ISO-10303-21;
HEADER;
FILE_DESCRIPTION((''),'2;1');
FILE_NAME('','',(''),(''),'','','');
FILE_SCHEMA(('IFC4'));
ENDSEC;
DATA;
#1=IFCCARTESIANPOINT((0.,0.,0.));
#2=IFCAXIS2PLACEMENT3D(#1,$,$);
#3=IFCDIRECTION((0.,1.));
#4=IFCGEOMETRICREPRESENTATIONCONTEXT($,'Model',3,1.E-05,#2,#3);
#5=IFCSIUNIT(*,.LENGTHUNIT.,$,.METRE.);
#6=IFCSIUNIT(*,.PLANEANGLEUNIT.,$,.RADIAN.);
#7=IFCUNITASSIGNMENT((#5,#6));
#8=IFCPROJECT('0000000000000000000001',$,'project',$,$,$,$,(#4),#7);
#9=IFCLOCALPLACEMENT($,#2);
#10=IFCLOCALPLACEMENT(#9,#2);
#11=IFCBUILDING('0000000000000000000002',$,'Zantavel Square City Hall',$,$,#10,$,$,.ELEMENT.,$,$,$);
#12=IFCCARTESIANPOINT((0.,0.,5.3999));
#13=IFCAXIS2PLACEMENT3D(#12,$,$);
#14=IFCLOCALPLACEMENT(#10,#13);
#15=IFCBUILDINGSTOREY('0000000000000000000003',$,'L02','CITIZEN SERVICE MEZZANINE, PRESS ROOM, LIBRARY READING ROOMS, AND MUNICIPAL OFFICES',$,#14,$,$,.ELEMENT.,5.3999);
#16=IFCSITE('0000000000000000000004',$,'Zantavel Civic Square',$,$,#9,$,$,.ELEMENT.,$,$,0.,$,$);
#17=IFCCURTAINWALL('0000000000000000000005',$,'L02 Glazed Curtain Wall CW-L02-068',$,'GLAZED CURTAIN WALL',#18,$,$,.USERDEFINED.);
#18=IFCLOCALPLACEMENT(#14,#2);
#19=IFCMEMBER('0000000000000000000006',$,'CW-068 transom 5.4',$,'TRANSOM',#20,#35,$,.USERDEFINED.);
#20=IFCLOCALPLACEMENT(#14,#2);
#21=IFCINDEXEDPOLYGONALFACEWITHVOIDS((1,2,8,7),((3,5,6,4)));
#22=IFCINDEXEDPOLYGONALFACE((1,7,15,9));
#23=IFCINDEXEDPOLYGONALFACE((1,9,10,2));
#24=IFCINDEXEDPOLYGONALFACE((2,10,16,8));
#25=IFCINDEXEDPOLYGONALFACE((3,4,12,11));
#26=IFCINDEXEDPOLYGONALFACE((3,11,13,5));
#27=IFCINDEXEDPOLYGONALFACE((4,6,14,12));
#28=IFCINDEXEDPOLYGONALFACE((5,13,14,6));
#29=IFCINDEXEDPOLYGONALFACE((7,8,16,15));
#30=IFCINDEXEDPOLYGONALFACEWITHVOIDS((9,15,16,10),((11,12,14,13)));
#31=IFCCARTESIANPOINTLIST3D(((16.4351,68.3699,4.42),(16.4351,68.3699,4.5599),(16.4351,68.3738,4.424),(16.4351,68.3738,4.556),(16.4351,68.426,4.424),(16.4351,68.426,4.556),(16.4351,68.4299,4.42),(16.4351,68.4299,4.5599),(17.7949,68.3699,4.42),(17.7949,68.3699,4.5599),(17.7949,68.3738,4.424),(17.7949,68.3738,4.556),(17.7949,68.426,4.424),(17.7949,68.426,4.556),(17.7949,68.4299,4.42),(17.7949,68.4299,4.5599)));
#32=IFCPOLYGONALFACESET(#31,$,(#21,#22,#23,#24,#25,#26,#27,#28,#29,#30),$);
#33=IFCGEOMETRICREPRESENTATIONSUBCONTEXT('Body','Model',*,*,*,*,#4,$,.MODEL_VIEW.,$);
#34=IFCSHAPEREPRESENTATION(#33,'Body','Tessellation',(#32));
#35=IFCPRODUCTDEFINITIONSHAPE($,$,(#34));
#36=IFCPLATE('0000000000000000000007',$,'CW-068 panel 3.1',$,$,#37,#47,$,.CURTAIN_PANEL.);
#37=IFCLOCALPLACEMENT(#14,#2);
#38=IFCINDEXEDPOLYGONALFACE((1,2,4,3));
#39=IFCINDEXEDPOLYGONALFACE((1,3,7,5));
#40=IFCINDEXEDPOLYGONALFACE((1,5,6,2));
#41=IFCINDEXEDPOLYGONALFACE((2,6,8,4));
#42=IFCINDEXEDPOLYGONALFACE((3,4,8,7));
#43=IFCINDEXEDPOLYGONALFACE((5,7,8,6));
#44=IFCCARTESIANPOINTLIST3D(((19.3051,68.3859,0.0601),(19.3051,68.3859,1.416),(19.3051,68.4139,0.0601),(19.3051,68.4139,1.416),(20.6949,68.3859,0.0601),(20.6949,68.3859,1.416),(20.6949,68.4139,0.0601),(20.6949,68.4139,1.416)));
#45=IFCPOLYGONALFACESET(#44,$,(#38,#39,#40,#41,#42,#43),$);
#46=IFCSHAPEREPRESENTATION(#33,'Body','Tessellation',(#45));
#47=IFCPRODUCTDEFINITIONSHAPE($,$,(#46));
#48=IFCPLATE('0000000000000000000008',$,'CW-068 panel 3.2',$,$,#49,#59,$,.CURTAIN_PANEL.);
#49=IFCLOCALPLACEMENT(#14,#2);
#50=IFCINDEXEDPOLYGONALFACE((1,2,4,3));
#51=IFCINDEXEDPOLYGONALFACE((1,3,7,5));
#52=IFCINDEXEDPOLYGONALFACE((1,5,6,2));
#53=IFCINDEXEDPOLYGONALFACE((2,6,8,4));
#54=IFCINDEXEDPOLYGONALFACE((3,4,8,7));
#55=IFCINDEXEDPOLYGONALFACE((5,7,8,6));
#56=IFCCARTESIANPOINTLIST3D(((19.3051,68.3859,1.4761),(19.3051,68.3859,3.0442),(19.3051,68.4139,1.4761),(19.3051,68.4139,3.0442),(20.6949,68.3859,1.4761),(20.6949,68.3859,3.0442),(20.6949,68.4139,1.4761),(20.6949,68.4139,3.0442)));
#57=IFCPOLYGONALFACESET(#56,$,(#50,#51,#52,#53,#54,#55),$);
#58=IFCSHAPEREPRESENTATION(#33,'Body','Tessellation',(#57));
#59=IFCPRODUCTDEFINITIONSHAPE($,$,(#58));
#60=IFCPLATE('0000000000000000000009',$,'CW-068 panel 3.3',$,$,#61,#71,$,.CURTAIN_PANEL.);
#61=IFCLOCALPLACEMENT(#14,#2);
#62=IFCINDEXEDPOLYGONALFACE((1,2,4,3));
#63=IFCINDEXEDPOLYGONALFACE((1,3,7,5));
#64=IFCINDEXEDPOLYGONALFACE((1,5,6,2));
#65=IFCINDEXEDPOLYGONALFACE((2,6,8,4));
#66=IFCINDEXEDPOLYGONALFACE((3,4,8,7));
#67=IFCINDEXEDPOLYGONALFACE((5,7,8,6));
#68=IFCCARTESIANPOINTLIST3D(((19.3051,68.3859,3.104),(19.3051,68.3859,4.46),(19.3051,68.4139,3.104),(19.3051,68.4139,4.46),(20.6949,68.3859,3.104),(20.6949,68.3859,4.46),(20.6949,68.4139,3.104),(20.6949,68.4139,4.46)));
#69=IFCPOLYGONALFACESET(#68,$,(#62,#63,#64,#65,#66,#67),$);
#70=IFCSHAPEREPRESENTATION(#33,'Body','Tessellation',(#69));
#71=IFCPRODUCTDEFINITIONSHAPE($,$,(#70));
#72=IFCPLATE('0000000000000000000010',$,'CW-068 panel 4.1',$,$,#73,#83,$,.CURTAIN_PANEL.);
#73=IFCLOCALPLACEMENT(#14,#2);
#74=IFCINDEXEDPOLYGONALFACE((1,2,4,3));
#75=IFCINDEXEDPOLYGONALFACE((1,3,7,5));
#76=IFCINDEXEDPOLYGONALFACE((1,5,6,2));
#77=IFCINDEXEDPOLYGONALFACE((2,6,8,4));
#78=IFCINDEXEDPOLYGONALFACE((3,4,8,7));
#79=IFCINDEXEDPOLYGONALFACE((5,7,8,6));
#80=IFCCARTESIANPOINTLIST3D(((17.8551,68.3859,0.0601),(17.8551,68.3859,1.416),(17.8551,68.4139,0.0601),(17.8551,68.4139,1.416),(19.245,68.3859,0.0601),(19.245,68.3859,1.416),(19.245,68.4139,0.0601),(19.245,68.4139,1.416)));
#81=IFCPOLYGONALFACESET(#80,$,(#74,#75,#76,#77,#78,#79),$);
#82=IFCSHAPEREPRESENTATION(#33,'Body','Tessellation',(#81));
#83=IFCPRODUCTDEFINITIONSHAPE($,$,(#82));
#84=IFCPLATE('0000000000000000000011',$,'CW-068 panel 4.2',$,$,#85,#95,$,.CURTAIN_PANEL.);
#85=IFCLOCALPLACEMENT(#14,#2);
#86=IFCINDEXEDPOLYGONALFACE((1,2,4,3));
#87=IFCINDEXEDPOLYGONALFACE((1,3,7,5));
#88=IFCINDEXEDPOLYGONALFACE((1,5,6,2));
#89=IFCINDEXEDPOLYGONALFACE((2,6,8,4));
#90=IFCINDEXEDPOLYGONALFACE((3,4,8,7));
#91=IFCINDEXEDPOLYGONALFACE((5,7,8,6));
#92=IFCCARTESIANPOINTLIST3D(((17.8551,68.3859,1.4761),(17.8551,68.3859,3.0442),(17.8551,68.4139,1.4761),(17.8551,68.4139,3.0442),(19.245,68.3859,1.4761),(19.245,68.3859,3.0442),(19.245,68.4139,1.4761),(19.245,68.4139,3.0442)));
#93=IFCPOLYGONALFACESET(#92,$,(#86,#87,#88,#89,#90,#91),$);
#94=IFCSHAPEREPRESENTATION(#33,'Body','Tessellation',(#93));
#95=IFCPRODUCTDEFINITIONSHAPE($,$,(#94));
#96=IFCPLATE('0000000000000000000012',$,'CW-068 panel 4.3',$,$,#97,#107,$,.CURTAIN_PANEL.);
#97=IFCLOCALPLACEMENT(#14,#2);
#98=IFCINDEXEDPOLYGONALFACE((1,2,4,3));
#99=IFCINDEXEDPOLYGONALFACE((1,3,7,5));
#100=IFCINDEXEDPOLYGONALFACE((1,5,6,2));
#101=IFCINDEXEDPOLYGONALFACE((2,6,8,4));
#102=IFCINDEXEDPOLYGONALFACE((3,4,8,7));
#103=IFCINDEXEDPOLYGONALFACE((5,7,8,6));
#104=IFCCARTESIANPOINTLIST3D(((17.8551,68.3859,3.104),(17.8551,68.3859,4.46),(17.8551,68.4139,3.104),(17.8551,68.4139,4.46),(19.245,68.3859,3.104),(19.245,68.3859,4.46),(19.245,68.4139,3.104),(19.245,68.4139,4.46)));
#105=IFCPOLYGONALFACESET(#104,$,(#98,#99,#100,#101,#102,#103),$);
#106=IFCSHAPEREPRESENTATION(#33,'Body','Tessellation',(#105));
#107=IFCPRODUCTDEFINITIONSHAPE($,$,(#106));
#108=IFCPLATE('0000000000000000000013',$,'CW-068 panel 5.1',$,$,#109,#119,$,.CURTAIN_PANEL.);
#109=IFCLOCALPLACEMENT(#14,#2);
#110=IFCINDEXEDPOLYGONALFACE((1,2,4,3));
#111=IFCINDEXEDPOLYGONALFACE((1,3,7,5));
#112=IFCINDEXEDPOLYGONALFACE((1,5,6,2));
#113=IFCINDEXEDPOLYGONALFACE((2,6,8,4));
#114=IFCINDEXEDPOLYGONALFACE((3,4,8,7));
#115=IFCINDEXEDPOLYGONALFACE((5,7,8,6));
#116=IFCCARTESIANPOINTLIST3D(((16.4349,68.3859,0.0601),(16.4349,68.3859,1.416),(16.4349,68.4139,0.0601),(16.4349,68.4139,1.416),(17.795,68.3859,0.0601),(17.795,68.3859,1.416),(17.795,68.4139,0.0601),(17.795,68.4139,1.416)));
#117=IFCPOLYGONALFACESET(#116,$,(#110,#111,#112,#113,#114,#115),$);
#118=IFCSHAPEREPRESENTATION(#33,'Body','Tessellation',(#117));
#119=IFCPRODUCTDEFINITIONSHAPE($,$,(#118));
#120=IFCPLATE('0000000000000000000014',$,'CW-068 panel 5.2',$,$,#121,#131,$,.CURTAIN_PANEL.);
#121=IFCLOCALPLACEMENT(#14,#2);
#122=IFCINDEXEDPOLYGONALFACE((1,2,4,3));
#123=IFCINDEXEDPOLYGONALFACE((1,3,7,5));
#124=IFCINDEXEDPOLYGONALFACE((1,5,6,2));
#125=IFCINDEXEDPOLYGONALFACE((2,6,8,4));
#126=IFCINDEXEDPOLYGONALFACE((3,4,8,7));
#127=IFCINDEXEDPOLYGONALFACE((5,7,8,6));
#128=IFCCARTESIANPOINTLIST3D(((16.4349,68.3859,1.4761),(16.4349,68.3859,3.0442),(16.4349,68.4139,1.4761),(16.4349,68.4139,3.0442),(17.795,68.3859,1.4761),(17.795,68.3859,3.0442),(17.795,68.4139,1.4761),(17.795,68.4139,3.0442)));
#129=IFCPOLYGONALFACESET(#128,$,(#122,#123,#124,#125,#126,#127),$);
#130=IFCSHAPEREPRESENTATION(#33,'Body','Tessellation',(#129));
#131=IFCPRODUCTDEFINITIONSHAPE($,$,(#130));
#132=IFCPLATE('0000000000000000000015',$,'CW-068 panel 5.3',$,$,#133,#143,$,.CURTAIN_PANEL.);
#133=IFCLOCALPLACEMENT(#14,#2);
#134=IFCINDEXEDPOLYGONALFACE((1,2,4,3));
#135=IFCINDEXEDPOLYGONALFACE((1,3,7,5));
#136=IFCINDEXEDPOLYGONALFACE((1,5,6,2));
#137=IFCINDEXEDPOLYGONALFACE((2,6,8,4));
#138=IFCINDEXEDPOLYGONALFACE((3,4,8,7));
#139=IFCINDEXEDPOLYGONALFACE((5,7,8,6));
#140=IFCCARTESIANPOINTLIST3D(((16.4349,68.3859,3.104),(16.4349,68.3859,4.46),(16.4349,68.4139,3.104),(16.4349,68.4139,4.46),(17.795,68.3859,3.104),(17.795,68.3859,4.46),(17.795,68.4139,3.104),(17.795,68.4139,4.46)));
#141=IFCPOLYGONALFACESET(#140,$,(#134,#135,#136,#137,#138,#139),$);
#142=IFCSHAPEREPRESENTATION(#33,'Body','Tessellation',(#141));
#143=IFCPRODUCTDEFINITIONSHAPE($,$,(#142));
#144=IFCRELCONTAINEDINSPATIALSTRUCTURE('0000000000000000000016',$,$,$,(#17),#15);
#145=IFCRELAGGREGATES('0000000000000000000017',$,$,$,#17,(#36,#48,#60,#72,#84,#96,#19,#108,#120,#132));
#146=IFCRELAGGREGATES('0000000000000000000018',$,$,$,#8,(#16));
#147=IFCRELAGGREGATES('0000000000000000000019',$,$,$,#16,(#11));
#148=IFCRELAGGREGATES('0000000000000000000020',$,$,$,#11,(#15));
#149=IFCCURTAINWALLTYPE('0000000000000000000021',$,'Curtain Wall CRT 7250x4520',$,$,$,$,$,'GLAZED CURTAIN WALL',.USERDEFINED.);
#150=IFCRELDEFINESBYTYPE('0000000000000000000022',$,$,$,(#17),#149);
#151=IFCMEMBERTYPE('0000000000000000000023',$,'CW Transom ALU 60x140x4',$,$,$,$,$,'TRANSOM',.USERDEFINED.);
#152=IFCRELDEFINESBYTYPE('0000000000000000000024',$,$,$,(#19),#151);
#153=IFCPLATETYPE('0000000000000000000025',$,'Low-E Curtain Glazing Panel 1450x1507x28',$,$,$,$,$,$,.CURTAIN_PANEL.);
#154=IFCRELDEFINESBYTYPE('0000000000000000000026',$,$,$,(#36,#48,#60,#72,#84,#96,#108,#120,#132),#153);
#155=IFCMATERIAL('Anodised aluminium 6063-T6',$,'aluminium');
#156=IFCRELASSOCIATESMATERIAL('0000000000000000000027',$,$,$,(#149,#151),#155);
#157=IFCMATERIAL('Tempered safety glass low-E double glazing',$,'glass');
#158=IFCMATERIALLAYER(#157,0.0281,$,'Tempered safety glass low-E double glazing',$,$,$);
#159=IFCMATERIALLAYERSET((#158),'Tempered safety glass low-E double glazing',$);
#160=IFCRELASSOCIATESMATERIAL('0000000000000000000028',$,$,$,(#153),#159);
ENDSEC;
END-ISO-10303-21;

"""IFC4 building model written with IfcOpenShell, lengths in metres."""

from ifc_helpers import new_model, si_unit, direction, frame, origin, origin_2d, place, context, subcontext, project, spatial, rectangle, hollow_rectangle, extrude, material, layer, layer_set, material_profile, profile_set, type_object, element, aggregate, save


model = new_model("IFC4")

# Units and contexts
model_context = context("Model", 3, precision=1e-05, world=origin(), true_north=direction((0.0, 1.0)))
body_context = subcontext(model_context, "Body", "Model", "MODEL_VIEW")
ifc_project = project(units=[si_unit("LENGTHUNIT", "METRE"), si_unit("PLANEANGLEUNIT", "RADIAN")], contexts=[model_context])

# Site, building, storey
site_placement = place(None, origin())
site = spatial("IfcSite", under=ifc_project, at=site_placement, Name="Zantavel Civic Square", CompositionType="ELEMENT", RefElevation=0.0)
building_placement = place(site_placement, origin())
building = spatial("IfcBuilding", under=site, at=building_placement, Name="Zantavel Square City Hall", CompositionType="ELEMENT")
storey_placement = place(building_placement, frame((0.0, 0.0, 5.3999)))
storey = spatial("IfcBuildingStorey", under=building, at=storey_placement, Name="L02", Description="CITIZEN SERVICE MEZZANINE, PRESS ROOM, LIBRARY READING ROOMS, AND MUNICIPAL OFFICES", CompositionType="ELEMENT", Elevation=5.3999)

# Curtain wall, member, plates
ifc_material_1 = material(Name="Anodised aluminium 6063-T6", Category="aluminium")
curtain_wall_type = type_object("IfcCurtainWallType", Name="Curtain Wall CRT 7250x4520", ElementType="GLAZED CURTAIN WALL", PredefinedType="USERDEFINED", material=ifc_material_1)
curtain_wall_placement = place(storey_placement, origin())
curtain_wall = element("IfcCurtainWall", 1, at=curtain_wall_placement, inside=storey, type_object=curtain_wall_type, Name="L02 Glazed Curtain Wall CW-L02-068", ObjectType="GLAZED CURTAIN WALL", PredefinedType="USERDEFINED")
ifc_material_profile_1 = material_profile(ifc_material_1, hollow_rectangle(XDim=0.0601, YDim=0.1399, WallThickness=0.0039, at=origin_2d()), Name="ALU 60x140x4")
ifc_profile_set_1 = profile_set([ifc_material_profile_1], Name="Anodised aluminium 6063-T6")
member_type_1 = type_object("IfcMemberType", Name="CW Transom ALU 60x140x4", ElementType="TRANSOM", PredefinedType="USERDEFINED", material=ifc_profile_set_1)
member_1_placement = place(storey_placement, frame((17.7949, 68.3999, 4.49), z_axis=(-1.0, 0.0, 0.0), x_axis=(0.0, -1.0, 0.0)))
member_1 = element("IfcMember", 2, at=member_1_placement, type_object=member_type_1, Name="CW-068 transom 5.4", ObjectType="TRANSOM", PredefinedType="USERDEFINED", context=body_context, shape_type="SweptSolid", body=[
    extrude(hollow_rectangle(XDim=0.0601, YDim=0.1399, WallThickness=0.0039, at=origin_2d()), origin(), (0.0, 0.0, 1.0), 1.3599),
])
ifc_material_2 = material(Name="Tempered safety glass low-E double glazing", Category="glass")
ifc_layer = layer(ifc_material_2, 0.0281, Name="Tempered safety glass low-E double glazing")
ifc_layer_set = layer_set([ifc_layer], Name="Tempered safety glass low-E double glazing")
plate_type = type_object("IfcPlateType", Name="Low-E Curtain Glazing Panel 1450x1507x28", PredefinedType="CURTAIN_PANEL", material=ifc_layer_set)
plate_1_placement = place(storey_placement, frame((20.0, 68.3999, 0.0601), z_axis=(0.0, 0.0, 1.0), x_axis=(-1.0, 0.0, 0.0)))
plate_1 = element("IfcPlate", 3, at=plate_1_placement, type_object=plate_type, Name="CW-068 panel 3.1", PredefinedType="CURTAIN_PANEL", context=body_context, shape_type="SweptSolid", body=[
    extrude(rectangle(XDim=1.3899, YDim=0.0281, at=origin_2d()), origin(), (0.0, 0.0, 1.0), 1.356),
])
plate_2_placement = place(storey_placement, frame((20.0, 68.3999, 1.4761), z_axis=(0.0, 0.0, 1.0), x_axis=(-1.0, 0.0, 0.0)))
plate_2 = element("IfcPlate", 4, at=plate_2_placement, type_object=plate_type, Name="CW-068 panel 3.2", PredefinedType="CURTAIN_PANEL", context=body_context, shape_type="SweptSolid", body=[
    extrude(rectangle(XDim=1.3899, YDim=0.0281, at=origin_2d()), origin(), (0.0, 0.0, 1.0), 1.5681),
])
plate_3_placement = place(storey_placement, frame((20.0, 68.3999, 3.104), z_axis=(0.0, 0.0, 1.0), x_axis=(-1.0, 0.0, 0.0)))
plate_3 = element("IfcPlate", 5, at=plate_3_placement, type_object=plate_type, Name="CW-068 panel 3.3", PredefinedType="CURTAIN_PANEL", context=body_context, shape_type="SweptSolid", body=[
    extrude(rectangle(XDim=1.3899, YDim=0.0281, at=origin_2d()), origin(), (0.0, 0.0, 1.0), 1.356),
])
plate_4_placement = place(storey_placement, frame((18.55, 68.3999, 0.0601), z_axis=(0.0, 0.0, 1.0), x_axis=(-1.0, 0.0, 0.0)))
plate_4 = element("IfcPlate", 6, at=plate_4_placement, type_object=plate_type, Name="CW-068 panel 4.1", PredefinedType="CURTAIN_PANEL", context=body_context, shape_type="SweptSolid", body=[
    extrude(rectangle(XDim=1.3899, YDim=0.0281, at=origin_2d()), origin(), (0.0, 0.0, 1.0), 1.356),
])
plate_5_placement = place(storey_placement, frame((18.55, 68.3999, 1.4761), z_axis=(0.0, 0.0, 1.0), x_axis=(-1.0, 0.0, 0.0)))
plate_5 = element("IfcPlate", 7, at=plate_5_placement, type_object=plate_type, Name="CW-068 panel 4.2", PredefinedType="CURTAIN_PANEL", context=body_context, shape_type="SweptSolid", body=[
    extrude(rectangle(XDim=1.3899, YDim=0.0281, at=origin_2d()), origin(), (0.0, 0.0, 1.0), 1.5681),
])
plate_6_placement = place(storey_placement, frame((18.55, 68.3999, 3.104), z_axis=(0.0, 0.0, 1.0), x_axis=(-1.0, 0.0, 0.0)))
plate_6 = element("IfcPlate", 8, at=plate_6_placement, type_object=plate_type, Name="CW-068 panel 4.3", PredefinedType="CURTAIN_PANEL", context=body_context, shape_type="SweptSolid", body=[
    extrude(rectangle(XDim=1.3899, YDim=0.0281, at=origin_2d()), origin(), (0.0, 0.0, 1.0), 1.356),
])
plate_7_placement = place(storey_placement, frame((17.115, 68.3999, 0.0601), z_axis=(0.0, 0.0, 1.0), x_axis=(-1.0, 0.0, 0.0)))
plate_7 = element("IfcPlate", 9, at=plate_7_placement, type_object=plate_type, Name="CW-068 panel 5.1", PredefinedType="CURTAIN_PANEL", context=body_context, shape_type="SweptSolid", body=[
    extrude(rectangle(XDim=1.3601, YDim=0.0281, at=origin_2d()), origin(), (0.0, 0.0, 1.0), 1.356),
])
plate_8_placement = place(storey_placement, frame((17.115, 68.3999, 1.4761), z_axis=(0.0, 0.0, 1.0), x_axis=(-1.0, 0.0, 0.0)))
plate_8 = element("IfcPlate", 10, at=plate_8_placement, type_object=plate_type, Name="CW-068 panel 5.2", PredefinedType="CURTAIN_PANEL", context=body_context, shape_type="SweptSolid", body=[
    extrude(rectangle(XDim=1.3601, YDim=0.0281, at=origin_2d()), origin(), (0.0, 0.0, 1.0), 1.5681),
])
plate_9_placement = place(storey_placement, frame((17.115, 68.3999, 3.104), z_axis=(0.0, 0.0, 1.0), x_axis=(-1.0, 0.0, 0.0)))
plate_9 = element("IfcPlate", 11, at=plate_9_placement, type_object=plate_type, Name="CW-068 panel 5.3", PredefinedType="CURTAIN_PANEL", context=body_context, shape_type="SweptSolid", body=[
    extrude(rectangle(XDim=1.3601, YDim=0.0281, at=origin_2d()), origin(), (0.0, 0.0, 1.0), 1.356),
])
aggregate(curtain_wall, [plate_1, plate_2, plate_3, plate_4, plate_5, plate_6, member_1, plate_7, plate_8, plate_9])

save(model, "model.ifc")
